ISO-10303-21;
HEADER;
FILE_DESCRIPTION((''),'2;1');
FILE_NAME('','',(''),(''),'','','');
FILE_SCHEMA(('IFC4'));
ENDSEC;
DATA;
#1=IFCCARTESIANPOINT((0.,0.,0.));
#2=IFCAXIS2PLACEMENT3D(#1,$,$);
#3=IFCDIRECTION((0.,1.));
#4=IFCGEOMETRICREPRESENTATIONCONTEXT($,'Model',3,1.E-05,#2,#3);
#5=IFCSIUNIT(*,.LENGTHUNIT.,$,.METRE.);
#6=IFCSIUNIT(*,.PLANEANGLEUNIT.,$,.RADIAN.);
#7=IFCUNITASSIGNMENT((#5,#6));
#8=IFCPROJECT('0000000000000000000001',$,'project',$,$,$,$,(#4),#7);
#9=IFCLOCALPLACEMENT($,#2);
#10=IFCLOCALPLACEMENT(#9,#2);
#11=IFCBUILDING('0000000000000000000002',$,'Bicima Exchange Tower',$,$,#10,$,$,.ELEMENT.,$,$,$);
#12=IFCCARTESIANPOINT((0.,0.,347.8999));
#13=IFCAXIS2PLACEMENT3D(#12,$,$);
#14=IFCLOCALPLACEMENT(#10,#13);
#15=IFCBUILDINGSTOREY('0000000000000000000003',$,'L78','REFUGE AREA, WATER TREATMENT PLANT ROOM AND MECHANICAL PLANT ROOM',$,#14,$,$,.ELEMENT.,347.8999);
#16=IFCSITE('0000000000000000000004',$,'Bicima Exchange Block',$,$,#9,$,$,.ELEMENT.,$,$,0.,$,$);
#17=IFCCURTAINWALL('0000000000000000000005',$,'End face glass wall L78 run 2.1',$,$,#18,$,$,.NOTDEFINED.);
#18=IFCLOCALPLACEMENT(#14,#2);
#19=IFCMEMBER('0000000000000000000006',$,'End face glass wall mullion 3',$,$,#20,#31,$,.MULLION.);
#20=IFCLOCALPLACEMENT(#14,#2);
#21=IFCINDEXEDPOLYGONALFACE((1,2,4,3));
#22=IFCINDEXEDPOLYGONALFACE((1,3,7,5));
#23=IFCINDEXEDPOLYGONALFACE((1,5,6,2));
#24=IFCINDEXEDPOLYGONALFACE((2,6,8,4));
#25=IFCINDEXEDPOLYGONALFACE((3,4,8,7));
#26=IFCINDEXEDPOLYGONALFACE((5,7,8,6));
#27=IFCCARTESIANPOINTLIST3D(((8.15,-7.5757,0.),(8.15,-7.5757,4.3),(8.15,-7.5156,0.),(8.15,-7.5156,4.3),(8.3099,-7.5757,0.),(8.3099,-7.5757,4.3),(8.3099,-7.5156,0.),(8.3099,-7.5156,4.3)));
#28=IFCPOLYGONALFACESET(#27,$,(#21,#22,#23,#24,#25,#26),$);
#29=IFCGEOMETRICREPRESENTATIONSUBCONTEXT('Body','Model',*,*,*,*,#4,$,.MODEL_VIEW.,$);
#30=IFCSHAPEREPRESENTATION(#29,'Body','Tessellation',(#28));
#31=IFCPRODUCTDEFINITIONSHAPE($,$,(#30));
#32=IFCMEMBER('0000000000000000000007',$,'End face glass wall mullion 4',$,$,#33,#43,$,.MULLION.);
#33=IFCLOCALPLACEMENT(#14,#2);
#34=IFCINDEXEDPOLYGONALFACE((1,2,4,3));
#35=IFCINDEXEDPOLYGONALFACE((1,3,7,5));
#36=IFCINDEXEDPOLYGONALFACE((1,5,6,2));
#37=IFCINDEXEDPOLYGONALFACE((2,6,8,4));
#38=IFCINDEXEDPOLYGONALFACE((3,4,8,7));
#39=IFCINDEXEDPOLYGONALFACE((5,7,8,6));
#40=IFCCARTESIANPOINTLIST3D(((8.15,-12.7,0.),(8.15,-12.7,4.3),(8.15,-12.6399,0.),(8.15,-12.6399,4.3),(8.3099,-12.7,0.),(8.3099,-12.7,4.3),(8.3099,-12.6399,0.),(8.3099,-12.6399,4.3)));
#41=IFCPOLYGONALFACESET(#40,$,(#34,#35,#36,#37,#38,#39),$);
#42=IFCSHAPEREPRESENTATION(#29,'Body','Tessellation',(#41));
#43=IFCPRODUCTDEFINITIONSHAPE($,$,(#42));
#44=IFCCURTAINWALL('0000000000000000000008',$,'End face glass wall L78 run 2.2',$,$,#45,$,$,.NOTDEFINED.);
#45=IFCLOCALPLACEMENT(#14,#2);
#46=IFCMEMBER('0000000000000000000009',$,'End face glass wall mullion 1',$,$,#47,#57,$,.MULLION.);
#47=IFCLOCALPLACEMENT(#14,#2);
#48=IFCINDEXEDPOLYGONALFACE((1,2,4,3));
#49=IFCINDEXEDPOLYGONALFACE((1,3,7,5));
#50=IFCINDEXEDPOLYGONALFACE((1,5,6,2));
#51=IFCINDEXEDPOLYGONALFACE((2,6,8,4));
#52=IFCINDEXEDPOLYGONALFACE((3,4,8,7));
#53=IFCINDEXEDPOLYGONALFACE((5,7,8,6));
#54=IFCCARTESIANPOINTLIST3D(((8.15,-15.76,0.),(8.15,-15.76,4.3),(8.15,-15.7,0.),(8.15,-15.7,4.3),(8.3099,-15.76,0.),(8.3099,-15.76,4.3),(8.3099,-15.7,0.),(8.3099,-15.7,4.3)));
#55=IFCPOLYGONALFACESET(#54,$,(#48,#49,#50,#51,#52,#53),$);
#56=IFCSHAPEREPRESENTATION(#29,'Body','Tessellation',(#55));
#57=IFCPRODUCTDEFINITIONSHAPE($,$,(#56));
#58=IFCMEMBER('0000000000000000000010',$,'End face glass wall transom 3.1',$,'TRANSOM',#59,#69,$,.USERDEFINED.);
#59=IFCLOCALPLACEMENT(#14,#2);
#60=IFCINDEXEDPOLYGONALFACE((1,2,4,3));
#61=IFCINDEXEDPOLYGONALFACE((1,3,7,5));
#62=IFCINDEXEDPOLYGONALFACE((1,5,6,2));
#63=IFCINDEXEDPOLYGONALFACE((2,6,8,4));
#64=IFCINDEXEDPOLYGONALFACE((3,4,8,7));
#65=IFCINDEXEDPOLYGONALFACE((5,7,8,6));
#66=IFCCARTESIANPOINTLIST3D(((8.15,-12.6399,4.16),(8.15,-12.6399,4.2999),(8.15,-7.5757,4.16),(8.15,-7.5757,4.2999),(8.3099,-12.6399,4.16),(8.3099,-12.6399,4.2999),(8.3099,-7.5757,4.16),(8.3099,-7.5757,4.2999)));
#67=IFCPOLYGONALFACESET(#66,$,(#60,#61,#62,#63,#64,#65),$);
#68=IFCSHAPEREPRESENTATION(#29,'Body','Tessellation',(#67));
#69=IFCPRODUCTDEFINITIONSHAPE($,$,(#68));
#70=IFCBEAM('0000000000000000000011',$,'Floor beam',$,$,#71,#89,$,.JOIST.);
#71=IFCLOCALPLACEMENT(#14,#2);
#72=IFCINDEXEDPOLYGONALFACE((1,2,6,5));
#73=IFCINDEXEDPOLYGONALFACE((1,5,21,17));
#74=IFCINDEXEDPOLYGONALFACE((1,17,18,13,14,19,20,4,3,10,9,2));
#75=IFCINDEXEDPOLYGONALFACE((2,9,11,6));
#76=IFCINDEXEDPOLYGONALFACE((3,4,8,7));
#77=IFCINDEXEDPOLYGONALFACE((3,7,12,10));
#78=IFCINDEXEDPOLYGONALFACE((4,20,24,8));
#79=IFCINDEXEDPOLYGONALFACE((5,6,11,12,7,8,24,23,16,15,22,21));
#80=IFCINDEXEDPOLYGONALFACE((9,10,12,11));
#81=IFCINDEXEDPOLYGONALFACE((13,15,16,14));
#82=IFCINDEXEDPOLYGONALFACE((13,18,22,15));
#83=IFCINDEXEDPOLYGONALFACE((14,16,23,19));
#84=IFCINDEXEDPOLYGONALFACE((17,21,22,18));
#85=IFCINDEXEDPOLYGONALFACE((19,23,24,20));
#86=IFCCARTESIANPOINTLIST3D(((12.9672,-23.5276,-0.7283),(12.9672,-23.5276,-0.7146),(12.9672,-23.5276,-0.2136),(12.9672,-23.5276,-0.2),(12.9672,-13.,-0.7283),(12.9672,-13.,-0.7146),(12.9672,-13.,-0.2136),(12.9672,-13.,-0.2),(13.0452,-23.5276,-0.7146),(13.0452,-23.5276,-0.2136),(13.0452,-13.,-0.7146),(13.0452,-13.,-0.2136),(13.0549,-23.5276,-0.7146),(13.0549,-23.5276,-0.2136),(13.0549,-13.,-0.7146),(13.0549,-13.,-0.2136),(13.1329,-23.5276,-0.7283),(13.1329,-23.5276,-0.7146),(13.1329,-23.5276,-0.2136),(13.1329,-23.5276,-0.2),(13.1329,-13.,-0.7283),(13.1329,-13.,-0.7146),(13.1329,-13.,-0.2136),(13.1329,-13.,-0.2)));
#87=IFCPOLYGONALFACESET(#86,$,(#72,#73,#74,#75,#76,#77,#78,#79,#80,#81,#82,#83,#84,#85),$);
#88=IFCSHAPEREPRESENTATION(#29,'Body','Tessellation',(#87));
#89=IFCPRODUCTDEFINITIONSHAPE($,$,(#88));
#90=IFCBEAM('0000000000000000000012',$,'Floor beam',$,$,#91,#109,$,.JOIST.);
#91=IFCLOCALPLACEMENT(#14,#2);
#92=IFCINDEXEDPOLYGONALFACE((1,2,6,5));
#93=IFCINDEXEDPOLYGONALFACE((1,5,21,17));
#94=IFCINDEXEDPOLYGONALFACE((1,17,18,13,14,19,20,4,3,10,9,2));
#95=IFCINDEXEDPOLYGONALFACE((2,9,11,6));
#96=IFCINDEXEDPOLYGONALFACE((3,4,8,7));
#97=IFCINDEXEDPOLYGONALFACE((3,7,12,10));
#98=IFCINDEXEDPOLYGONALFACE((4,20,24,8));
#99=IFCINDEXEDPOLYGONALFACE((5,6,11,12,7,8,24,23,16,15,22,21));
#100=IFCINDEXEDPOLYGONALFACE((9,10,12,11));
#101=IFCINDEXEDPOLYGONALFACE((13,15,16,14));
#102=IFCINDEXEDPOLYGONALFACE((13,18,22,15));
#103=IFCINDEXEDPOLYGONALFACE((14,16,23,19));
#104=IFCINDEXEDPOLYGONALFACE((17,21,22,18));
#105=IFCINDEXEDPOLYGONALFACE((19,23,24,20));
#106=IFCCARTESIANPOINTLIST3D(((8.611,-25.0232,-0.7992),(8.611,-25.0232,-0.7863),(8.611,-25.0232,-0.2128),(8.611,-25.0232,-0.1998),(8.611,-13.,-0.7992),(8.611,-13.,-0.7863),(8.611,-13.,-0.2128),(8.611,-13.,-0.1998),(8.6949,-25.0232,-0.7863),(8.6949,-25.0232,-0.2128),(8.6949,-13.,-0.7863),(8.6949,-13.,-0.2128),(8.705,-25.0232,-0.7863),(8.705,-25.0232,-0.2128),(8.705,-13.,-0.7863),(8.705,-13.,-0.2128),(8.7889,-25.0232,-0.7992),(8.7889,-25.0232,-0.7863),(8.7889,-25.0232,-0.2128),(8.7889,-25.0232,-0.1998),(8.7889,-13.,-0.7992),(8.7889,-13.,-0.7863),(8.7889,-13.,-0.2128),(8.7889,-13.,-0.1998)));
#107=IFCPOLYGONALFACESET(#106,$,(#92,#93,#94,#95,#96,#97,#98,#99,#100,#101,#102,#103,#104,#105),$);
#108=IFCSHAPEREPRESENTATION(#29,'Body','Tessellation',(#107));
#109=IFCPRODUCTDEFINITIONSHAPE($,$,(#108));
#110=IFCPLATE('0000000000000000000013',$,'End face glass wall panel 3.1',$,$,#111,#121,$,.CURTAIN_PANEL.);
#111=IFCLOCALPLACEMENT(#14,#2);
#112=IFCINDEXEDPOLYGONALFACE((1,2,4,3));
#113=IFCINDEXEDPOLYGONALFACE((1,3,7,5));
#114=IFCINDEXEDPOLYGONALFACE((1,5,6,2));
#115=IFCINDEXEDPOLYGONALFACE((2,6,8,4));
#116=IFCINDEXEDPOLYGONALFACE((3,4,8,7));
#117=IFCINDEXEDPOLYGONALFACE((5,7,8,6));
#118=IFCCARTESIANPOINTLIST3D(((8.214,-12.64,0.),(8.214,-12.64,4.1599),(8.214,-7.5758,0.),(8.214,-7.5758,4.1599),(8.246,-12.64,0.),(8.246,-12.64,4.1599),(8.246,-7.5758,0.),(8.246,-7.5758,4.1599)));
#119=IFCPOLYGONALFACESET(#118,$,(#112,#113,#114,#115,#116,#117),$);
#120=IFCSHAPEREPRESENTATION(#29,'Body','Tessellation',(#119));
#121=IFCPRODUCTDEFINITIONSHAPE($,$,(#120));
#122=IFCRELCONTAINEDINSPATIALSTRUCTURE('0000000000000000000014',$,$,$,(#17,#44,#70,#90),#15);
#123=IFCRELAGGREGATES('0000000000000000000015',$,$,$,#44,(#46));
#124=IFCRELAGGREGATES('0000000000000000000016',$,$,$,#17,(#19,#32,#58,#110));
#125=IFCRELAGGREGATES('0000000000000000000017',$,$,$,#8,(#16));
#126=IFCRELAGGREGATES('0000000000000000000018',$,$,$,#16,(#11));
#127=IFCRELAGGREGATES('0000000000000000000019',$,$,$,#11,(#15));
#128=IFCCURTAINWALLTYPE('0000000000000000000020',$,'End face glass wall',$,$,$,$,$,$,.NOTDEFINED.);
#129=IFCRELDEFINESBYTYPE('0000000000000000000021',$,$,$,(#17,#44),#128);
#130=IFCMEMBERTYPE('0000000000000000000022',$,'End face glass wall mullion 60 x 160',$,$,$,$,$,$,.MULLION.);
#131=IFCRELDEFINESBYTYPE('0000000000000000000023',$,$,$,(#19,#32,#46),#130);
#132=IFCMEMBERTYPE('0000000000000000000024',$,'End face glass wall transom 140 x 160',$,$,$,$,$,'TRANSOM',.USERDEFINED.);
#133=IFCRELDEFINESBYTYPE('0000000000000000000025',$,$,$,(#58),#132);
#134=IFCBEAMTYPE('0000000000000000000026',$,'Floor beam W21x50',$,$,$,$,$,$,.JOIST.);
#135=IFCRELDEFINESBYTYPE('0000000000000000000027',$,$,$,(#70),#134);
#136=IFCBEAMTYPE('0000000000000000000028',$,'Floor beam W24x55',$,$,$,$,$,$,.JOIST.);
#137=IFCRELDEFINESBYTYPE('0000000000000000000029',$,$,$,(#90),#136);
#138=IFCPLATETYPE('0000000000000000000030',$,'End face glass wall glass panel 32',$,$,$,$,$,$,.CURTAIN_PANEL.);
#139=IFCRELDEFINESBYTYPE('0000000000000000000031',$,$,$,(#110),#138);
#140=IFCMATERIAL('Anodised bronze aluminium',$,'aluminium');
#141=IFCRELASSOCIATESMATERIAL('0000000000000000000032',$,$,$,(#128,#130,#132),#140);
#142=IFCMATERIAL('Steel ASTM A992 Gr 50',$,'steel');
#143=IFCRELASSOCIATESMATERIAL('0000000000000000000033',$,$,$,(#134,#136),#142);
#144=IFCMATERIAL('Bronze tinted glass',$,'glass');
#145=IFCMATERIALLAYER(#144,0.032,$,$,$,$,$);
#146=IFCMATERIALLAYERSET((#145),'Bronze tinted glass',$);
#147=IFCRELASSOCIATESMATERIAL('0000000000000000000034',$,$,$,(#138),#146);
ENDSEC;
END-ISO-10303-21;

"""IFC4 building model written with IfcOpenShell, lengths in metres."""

from ifc_helpers import new_model, si_unit, direction, frame, origin, origin_2d, place, context, subcontext, project, spatial, rectangle, i_section, extrude, material, layer, layer_set, material_profile, profile_set, type_object, element, aggregate, save


model = new_model("IFC4")

# Units and contexts
model_context = context("Model", 3, precision=1e-05, world=origin(), true_north=direction((0.0, 1.0)))
body_context = subcontext(model_context, "Body", "Model", "MODEL_VIEW")
ifc_project = project(units=[si_unit("LENGTHUNIT", "METRE"), si_unit("PLANEANGLEUNIT", "RADIAN")], contexts=[model_context])

# Site, building, storey
site_placement = place(None, origin())
site = spatial("IfcSite", under=ifc_project, at=site_placement, Name="Bicima Exchange Block", CompositionType="ELEMENT", RefElevation=0.0)
building_placement = place(site_placement, origin())
building = spatial("IfcBuilding", under=site, at=building_placement, Name="Bicima Exchange Tower", CompositionType="ELEMENT")
storey_placement = place(building_placement, frame((0.0, 0.0, 347.8999)))
storey = spatial("IfcBuildingStorey", under=building, at=storey_placement, Name="L78", Description="REFUGE AREA, WATER TREATMENT PLANT ROOM AND MECHANICAL PLANT ROOM", CompositionType="ELEMENT", Elevation=347.8999)

# Curtain wall, members
ifc_material_1 = material(Name="Anodised bronze aluminium", Category="aluminium")
curtain_wall_type = type_object("IfcCurtainWallType", Name="End face glass wall", PredefinedType="NOTDEFINED", material=ifc_material_1)
curtain_wall_1_placement = place(storey_placement, origin())
curtain_wall_1 = element("IfcCurtainWall", 1, at=curtain_wall_1_placement, inside=storey, type_object=curtain_wall_type, Name="End face glass wall L78 run 2.1", PredefinedType="NOTDEFINED")
ifc_material_profile_1 = material_profile(ifc_material_1, rectangle(XDim=0.1599, YDim=0.0601, at=origin_2d()))
ifc_profile_set_1 = profile_set([ifc_material_profile_1], Name="Anodised bronze aluminium")
member_type_1 = type_object("IfcMemberType", Name="End face glass wall mullion 60 x 160", PredefinedType="MULLION", material=ifc_profile_set_1)
member_1_placement = place(storey_placement, frame((8.23, -7.5457, 0.0), z_axis=(0.0, 0.0, 1.0), x_axis=(1.0, 0.0, 0.0)))
member_1 = element("IfcMember", 2, at=member_1_placement, type_object=member_type_1, Name="End face glass wall mullion 3", PredefinedType="MULLION", context=body_context, shape_type="SweptSolid", body=[
    extrude(rectangle(XDim=0.1599, YDim=0.0601, at=origin_2d()), origin(), (0.0, 0.0, 1.0), 4.3),
])
member_2_placement = place(storey_placement, frame((8.23, -12.6699, 0.0), z_axis=(0.0, 0.0, 1.0), x_axis=(1.0, 0.0, 0.0)))
member_2 = element("IfcMember", 3, at=member_2_placement, type_object=member_type_1, Name="End face glass wall mullion 4", PredefinedType="MULLION", context=body_context, shape_type="SweptSolid", body=[
    extrude(rectangle(XDim=0.1599, YDim=0.0601, at=origin_2d()), origin(), (0.0, 0.0, 1.0), 4.3),
])

# Curtain wall, member
curtain_wall_2_placement = place(storey_placement, origin())
curtain_wall_2 = element("IfcCurtainWall", 4, at=curtain_wall_2_placement, inside=storey, type_object=curtain_wall_type, Name="End face glass wall L78 run 2.2", PredefinedType="NOTDEFINED")
member_3_placement = place(storey_placement, frame((8.23, -15.73, 0.0), z_axis=(0.0, 0.0, 1.0), x_axis=(1.0, 0.0, 0.0)))
member_3 = element("IfcMember", 5, at=member_3_placement, type_object=member_type_1, Name="End face glass wall mullion 1", PredefinedType="MULLION", context=body_context, shape_type="SweptSolid", body=[
    extrude(rectangle(XDim=0.1599, YDim=0.0601, at=origin_2d()), origin(), (0.0, 0.0, 1.0), 4.3),
])
aggregate(curtain_wall_2, [member_3])

# Member
ifc_material_profile_2 = material_profile(ifc_material_1, rectangle(XDim=0.1599, YDim=0.1399, at=origin_2d()))
ifc_profile_set_2 = profile_set([ifc_material_profile_2], Name="Anodised bronze aluminium")
member_type_2 = type_object("IfcMemberType", Name="End face glass wall transom 140 x 160", ElementType="TRANSOM", PredefinedType="USERDEFINED", material=ifc_profile_set_2)
member_4_placement = place(storey_placement, frame((8.23, -7.5757, 4.23), z_axis=(0.0, -1.0, 0.0), x_axis=(1.0, 0.0, 0.0)))
member_4 = element("IfcMember", 6, at=member_4_placement, type_object=member_type_2, Name="End face glass wall transom 3.1", ObjectType="TRANSOM", PredefinedType="USERDEFINED", context=body_context, shape_type="SweptSolid", body=[
    extrude(rectangle(XDim=0.1599, YDim=0.1399, at=origin_2d()), origin(), (0.0, 0.0, 1.0), 5.0642),
])

# Beams
ifc_material_2 = material(Name="Steel ASTM A992 Gr 50", Category="steel")
ifc_material_profile_3 = material_profile(ifc_material_2, i_section(OverallWidth=0.1658, OverallDepth=0.5283, WebThickness=0.0098, FlangeThickness=0.0137, at=origin_2d()))
ifc_profile_set_3 = profile_set([ifc_material_profile_3], Name="Steel ASTM A992 Gr 50")
beam_type_1 = type_object("IfcBeamType", Name="Floor beam W21x50", PredefinedType="JOIST", material=ifc_profile_set_3)
beam_1_placement = place(storey_placement, frame((13.05, -13.0, -0.4641), z_axis=(0.0, -1.0, 0.0), x_axis=(1.0, 0.0, 0.0)))
element("IfcBeam", 7, at=beam_1_placement, inside=storey, type_object=beam_type_1, Name="Floor beam", PredefinedType="JOIST", context=body_context, shape_type="SweptSolid", body=[
    extrude(i_section(OverallWidth=0.1658, OverallDepth=0.5283, WebThickness=0.0098, FlangeThickness=0.0137, at=origin_2d()), origin(), (0.0, 0.0, 1.0), 10.5276),
])
ifc_material_profile_4 = material_profile(ifc_material_2, i_section(OverallWidth=0.178, OverallDepth=0.5994, WebThickness=0.01, FlangeThickness=0.0129, at=origin_2d()))
ifc_profile_set_4 = profile_set([ifc_material_profile_4], Name="Steel ASTM A992 Gr 50")
beam_type_2 = type_object("IfcBeamType", Name="Floor beam W24x55", PredefinedType="JOIST", material=ifc_profile_set_4)
beam_2_placement = place(storey_placement, frame((8.7, -13.0, -0.4995), z_axis=(0.0, -1.0, 0.0), x_axis=(1.0, 0.0, 0.0)))
element("IfcBeam", 8, at=beam_2_placement, inside=storey, type_object=beam_type_2, Name="Floor beam", PredefinedType="JOIST", context=body_context, shape_type="SweptSolid", body=[
    extrude(i_section(OverallWidth=0.178, OverallDepth=0.5994, WebThickness=0.01, FlangeThickness=0.0129, at=origin_2d()), origin(), (0.0, 0.0, 1.0), 12.0232),
])

# Plate
ifc_material_3 = material(Name="Bronze tinted glass", Category="glass")
ifc_layer_1 = layer(ifc_material_3, 0.032)
ifc_layer_set_1 = layer_set([ifc_layer_1], Name="Bronze tinted glass")
plate_type = type_object("IfcPlateType", Name="End face glass wall glass panel 32", PredefinedType="CURTAIN_PANEL", material=ifc_layer_set_1)
plate_placement = place(storey_placement, frame((8.23, -10.1079, 0.0), z_axis=(0.0, 0.0, 1.0), x_axis=(0.0, -1.0, 0.0)))
plate = element("IfcPlate", 9, at=plate_placement, type_object=plate_type, Name="End face glass wall panel 3.1", PredefinedType="CURTAIN_PANEL", context=body_context, shape_type="SweptSolid", body=[
    extrude(rectangle(XDim=5.0642, YDim=0.032, at=origin_2d()), origin(), (0.0, 0.0, 1.0), 4.1599),
])
aggregate(curtain_wall_1, [member_1, member_2, member_4, plate])

save(model, "model.ifc")
